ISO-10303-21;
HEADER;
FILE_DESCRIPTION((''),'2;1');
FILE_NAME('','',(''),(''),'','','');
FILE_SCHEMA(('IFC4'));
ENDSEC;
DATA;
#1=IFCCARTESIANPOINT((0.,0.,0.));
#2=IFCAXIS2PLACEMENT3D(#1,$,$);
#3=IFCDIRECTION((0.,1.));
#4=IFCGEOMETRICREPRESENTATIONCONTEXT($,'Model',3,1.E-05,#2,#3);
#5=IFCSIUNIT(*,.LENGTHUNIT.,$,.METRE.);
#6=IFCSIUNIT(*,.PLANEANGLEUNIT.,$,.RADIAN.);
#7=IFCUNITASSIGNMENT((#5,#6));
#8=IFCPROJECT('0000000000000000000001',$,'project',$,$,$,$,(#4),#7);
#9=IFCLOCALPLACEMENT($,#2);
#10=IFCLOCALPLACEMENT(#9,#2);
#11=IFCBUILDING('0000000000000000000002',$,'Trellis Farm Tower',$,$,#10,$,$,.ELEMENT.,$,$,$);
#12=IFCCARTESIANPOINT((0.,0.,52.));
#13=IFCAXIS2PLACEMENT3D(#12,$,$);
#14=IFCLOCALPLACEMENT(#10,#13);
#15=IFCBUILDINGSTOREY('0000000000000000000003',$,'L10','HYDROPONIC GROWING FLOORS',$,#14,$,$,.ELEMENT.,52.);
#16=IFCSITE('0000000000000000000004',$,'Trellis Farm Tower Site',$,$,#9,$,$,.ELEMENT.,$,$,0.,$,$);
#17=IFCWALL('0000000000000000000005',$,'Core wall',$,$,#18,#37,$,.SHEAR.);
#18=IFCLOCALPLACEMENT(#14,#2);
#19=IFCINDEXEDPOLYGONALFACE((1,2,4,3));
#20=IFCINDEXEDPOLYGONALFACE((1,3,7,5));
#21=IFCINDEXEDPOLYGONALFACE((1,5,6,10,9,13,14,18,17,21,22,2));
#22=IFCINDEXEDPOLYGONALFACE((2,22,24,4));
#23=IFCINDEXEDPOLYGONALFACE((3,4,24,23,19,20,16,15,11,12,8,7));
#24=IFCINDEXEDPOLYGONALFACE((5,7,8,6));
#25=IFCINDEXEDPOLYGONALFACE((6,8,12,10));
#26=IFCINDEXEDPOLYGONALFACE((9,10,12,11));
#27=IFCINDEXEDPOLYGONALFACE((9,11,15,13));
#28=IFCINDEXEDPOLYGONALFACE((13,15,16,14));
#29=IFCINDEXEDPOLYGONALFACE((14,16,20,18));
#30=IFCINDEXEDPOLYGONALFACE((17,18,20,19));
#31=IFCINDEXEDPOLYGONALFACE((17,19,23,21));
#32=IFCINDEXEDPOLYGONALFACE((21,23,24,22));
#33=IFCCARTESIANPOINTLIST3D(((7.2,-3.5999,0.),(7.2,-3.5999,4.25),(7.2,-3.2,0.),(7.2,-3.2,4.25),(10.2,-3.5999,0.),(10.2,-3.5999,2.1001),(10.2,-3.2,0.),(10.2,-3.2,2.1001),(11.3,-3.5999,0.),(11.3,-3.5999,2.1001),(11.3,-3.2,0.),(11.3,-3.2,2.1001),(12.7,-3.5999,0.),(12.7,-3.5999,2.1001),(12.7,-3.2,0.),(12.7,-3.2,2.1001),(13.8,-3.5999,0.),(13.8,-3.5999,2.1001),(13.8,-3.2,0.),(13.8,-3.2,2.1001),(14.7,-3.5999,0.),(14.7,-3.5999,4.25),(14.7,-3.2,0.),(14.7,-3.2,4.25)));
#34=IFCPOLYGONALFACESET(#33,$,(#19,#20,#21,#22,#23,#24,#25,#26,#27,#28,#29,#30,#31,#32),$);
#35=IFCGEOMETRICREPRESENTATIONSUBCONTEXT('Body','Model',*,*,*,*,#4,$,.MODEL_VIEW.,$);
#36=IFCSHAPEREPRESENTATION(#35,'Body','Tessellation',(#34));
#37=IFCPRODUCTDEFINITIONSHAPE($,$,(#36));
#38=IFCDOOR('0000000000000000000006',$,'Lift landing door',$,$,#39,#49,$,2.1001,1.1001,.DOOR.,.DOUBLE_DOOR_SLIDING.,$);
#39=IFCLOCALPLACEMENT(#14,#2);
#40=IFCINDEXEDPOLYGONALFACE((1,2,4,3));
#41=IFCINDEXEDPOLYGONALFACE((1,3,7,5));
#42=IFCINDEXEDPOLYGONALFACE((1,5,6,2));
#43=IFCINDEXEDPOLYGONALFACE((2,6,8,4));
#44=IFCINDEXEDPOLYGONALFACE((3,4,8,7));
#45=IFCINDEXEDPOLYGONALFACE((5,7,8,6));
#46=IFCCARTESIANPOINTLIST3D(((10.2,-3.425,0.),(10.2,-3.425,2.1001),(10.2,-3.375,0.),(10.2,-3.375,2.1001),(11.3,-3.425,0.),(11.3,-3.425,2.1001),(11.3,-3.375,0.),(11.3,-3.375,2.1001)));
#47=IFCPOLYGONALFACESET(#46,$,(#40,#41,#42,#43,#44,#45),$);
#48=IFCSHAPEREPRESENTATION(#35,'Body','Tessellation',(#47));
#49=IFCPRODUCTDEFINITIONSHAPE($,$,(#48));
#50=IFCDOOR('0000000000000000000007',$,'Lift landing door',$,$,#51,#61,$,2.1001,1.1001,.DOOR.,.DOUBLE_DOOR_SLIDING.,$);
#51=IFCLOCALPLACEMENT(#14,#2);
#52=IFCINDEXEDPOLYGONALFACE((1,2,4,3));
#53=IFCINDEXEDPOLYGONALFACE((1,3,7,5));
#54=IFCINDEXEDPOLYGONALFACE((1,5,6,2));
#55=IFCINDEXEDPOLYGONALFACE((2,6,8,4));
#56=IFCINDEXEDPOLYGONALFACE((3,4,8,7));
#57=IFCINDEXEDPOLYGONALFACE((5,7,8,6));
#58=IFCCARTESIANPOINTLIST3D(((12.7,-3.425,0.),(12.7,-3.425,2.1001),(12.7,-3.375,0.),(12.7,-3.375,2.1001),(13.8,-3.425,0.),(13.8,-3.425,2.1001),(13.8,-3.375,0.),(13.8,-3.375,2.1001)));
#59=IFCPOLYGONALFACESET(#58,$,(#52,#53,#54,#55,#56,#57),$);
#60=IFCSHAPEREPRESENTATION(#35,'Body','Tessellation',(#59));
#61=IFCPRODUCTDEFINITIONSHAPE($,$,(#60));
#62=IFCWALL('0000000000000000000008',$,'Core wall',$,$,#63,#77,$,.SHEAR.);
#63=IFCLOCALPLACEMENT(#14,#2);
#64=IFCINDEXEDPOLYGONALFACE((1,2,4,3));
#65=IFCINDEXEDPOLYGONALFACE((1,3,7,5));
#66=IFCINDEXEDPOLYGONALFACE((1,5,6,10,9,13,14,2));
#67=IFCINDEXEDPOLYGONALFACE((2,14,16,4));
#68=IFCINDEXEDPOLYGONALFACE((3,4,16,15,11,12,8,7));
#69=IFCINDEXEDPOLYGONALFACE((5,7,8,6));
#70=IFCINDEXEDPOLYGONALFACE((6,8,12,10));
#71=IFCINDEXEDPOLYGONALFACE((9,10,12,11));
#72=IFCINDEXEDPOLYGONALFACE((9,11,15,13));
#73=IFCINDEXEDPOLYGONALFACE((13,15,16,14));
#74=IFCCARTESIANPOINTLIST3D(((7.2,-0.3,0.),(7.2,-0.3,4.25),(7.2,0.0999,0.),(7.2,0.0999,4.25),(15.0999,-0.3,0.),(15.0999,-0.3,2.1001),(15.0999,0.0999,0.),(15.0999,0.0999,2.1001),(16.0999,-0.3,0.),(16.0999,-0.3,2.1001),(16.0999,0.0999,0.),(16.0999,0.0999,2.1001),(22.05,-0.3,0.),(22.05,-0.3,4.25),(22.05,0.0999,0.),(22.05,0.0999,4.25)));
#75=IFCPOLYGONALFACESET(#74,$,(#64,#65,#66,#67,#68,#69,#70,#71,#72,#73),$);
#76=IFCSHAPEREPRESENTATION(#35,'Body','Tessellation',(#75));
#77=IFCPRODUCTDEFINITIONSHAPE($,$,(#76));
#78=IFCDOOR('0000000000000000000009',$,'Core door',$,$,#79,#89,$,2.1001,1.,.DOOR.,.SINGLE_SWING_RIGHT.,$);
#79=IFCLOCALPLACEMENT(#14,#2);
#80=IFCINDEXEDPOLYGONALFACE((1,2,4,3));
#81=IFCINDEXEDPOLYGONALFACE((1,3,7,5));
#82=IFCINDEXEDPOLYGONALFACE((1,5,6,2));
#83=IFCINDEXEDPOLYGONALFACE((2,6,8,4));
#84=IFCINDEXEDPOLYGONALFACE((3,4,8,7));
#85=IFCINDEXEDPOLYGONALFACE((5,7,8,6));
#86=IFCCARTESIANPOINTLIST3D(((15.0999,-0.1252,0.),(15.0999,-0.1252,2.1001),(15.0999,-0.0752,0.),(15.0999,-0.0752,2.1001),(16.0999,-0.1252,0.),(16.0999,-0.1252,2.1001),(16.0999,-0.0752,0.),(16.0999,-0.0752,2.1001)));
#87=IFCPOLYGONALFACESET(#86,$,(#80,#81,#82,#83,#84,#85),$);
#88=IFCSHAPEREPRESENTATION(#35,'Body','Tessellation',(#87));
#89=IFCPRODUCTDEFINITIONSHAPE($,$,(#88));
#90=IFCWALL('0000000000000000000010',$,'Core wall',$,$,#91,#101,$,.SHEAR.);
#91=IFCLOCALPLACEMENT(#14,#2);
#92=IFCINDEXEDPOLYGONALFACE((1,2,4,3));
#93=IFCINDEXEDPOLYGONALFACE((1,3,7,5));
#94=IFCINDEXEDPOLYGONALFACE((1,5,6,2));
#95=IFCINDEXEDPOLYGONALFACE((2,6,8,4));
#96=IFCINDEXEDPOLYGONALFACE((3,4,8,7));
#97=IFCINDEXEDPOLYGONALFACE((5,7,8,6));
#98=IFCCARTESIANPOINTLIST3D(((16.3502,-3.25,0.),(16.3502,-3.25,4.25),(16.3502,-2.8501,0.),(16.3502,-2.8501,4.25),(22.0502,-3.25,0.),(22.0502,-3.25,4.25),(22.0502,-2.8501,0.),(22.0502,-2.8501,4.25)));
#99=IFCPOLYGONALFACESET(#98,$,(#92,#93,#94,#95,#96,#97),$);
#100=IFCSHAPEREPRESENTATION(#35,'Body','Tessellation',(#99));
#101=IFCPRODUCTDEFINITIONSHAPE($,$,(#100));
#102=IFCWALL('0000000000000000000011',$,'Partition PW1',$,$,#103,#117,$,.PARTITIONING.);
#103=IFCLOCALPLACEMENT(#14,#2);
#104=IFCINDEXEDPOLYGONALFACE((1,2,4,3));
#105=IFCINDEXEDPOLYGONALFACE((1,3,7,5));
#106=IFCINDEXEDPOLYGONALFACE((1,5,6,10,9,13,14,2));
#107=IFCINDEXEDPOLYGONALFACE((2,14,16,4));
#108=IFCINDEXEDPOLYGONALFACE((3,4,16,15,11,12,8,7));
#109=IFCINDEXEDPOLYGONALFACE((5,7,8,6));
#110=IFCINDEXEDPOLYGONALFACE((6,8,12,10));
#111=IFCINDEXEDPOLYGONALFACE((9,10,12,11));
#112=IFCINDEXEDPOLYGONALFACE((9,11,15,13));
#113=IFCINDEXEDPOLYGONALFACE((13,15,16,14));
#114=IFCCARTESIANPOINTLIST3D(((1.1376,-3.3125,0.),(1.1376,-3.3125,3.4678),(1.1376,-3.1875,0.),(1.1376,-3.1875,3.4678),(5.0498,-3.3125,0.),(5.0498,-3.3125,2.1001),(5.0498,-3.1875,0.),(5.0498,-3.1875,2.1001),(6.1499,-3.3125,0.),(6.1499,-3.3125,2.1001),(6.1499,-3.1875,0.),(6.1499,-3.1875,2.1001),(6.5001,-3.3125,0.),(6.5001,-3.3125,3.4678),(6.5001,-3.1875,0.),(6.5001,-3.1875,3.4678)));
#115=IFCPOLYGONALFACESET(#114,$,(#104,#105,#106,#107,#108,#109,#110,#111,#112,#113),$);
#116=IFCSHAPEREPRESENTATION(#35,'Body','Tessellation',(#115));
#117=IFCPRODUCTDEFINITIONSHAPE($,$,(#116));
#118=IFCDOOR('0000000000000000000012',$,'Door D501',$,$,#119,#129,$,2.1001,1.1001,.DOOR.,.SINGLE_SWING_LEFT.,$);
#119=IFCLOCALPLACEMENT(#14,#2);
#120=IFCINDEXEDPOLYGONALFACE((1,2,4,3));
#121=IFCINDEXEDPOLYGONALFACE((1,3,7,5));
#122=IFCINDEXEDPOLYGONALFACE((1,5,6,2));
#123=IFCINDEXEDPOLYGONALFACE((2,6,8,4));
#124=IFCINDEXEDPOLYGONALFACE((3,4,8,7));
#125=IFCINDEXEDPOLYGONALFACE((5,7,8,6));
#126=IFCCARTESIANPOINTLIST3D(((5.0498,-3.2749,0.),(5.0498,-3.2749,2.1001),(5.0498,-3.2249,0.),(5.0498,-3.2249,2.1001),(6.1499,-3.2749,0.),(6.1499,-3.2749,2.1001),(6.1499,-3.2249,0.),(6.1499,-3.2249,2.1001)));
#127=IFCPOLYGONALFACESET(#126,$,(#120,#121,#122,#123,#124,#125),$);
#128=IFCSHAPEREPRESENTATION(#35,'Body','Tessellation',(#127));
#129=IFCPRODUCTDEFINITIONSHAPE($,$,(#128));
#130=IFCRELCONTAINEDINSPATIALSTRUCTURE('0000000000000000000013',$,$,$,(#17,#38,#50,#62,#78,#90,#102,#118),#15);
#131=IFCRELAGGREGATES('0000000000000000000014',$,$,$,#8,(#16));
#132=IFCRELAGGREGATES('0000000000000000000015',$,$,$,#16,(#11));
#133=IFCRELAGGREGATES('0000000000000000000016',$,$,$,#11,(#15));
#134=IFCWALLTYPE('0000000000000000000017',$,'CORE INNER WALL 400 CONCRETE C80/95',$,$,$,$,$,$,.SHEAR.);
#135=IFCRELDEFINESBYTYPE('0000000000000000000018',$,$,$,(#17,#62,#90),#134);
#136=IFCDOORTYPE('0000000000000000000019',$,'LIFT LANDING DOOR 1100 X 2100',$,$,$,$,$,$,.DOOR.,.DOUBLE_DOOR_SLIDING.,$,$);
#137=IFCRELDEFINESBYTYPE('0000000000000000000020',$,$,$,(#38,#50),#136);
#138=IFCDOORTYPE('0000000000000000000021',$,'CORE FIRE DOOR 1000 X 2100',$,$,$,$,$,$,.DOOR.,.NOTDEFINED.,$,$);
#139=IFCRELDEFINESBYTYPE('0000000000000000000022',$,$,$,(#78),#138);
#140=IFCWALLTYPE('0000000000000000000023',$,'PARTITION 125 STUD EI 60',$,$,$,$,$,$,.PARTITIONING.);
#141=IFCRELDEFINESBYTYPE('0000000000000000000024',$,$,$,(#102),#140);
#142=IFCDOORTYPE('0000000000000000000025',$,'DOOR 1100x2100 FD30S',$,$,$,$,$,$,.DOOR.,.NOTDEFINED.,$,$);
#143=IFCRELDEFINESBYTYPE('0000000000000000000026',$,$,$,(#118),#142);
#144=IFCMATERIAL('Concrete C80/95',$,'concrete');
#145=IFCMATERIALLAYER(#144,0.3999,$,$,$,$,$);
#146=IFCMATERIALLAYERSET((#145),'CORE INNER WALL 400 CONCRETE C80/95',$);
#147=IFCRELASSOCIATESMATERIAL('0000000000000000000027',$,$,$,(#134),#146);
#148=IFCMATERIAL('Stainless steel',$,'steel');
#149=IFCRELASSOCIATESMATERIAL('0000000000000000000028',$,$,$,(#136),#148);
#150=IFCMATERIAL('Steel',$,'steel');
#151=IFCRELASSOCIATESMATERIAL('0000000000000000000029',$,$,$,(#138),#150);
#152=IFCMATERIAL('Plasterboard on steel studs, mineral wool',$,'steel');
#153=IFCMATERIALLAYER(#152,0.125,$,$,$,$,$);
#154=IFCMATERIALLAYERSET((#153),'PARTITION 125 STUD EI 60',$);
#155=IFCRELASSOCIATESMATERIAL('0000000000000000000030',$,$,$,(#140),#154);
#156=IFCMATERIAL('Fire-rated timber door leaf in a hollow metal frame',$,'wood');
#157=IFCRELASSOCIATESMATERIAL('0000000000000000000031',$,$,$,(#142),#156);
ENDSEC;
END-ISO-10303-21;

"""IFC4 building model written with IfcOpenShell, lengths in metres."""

from ifc_helpers import new_model, si_unit, direction, frame, frame_2d, origin, place, context, subcontext, project, spatial, rectangle, extrude, source, transform, mapped, material, layer, layer_set, type_object, element, fill, save


model = new_model("IFC4")

# Units and contexts
model_context = context("Model", 3, precision=1e-05, world=origin(), true_north=direction((0.0, 1.0)))
body_context = subcontext(model_context, "Body", "Model", "MODEL_VIEW")
ifc_project = project(units=[si_unit("LENGTHUNIT", "METRE"), si_unit("PLANEANGLEUNIT", "RADIAN")], contexts=[model_context])

# Site, building, storey
site_placement = place(None, origin())
site = spatial("IfcSite", under=ifc_project, at=site_placement, Name="Trellis Farm Tower Site", CompositionType="ELEMENT", RefElevation=0.0)
building_placement = place(site_placement, origin())
building = spatial("IfcBuilding", under=site, at=building_placement, Name="Trellis Farm Tower", CompositionType="ELEMENT")
storey_placement = place(building_placement, frame((0.0, 0.0, 52.0)))
storey = spatial("IfcBuildingStorey", under=building, at=storey_placement, Name="L10", Description="HYDROPONIC GROWING FLOORS", CompositionType="ELEMENT", Elevation=52.0)

# Shared definitions
ifc_material_1 = material(Name="Concrete C80/95", Category="concrete")

# Wall, openings, doors
ifc_layer_1 = layer(ifc_material_1, 0.3999)
ifc_layer_set_1 = layer_set([ifc_layer_1], Name="CORE INNER WALL 400 CONCRETE C80/95")
wall_type_1 = type_object("IfcWallType", Name="CORE INNER WALL 400 CONCRETE C80/95", PredefinedType="SHEAR", material=ifc_layer_set_1)
shared_shape_1 = source(origin(), body_context, "Body", "SweptSolid", [
    extrude(rectangle(XDim=7.5, YDim=0.3999, at=frame_2d((3.75, 0.0))), origin(), (0.0, 0.0, 1.0), 4.25),
])
wall_1_placement = place(storey_placement, frame((7.2, -3.3999, 0.0), z_axis=(0.0, 0.0, 1.0), x_axis=(1.0, 0.0, 0.0)))
wall_1 = element("IfcWall", 1, at=wall_1_placement, inside=storey, type_object=wall_type_1, Name="Core wall", PredefinedType="SHEAR", context=body_context, shape_type="MappedRepresentation", body=[
    mapped(shared_shape_1, transform((0.0, 0.0, 0.0))),
])
shared_shape_2 = source(origin(), body_context, "Body", "SweptSolid", [
    extrude(rectangle(XDim=1.1001, YDim=2.1001, at=frame_2d((0.55, 1.05))), frame((0.0, 0.21, 0.0), z_axis=(0.0, -1.0, 0.0), x_axis=(1.0, 0.0, 0.0)), (0.0, 0.0, 1.0), 0.4199),
])
opening_1_placement = place(wall_1_placement, frame((3.0, 0.0, 0.0)))
opening_1 = element("IfcOpeningElement", 2, at=opening_1_placement, cuts=wall_1, PredefinedType="OPENING", context=body_context, shape_type="MappedRepresentation", body=[
    mapped(shared_shape_2, transform((0.0, 0.0, 0.0))),
])
opening_2_placement = place(wall_1_placement, frame((5.5, 0.0, 0.0)))
opening_2 = element("IfcOpeningElement", 3, at=opening_2_placement, cuts=wall_1, PredefinedType="OPENING", context=body_context, shape_type="MappedRepresentation", body=[
    mapped(shared_shape_2, transform((0.0, 0.0, 0.0))),
])
ifc_material_2 = material(Name="Stainless steel", Category="steel")
door_type_1 = type_object("IfcDoorType", Name="LIFT LANDING DOOR 1100 X 2100", OperationType="DOUBLE_DOOR_SLIDING", PredefinedType="DOOR", material=ifc_material_2)
shared_shape_3 = source(origin(), body_context, "Body", "SweptSolid", [
    extrude(rectangle(XDim=1.1001, YDim=2.1001, at=frame_2d((0.55, 1.05))), frame((0.0, 0.0249, 0.0), z_axis=(0.0, -1.0, 0.0), x_axis=(1.0, 0.0, 0.0)), (0.0, 0.0, 1.0), 0.05),
])
door_1_placement = place(opening_1_placement, origin())
door_1 = element("IfcDoor", 4, at=door_1_placement, inside=storey, type_object=door_type_1, Name="Lift landing door", OperationType="DOUBLE_DOOR_SLIDING", OverallHeight=2.1001, OverallWidth=1.1001, PredefinedType="DOOR", context=body_context, shape_type="MappedRepresentation", body=[
    mapped(shared_shape_3, transform((0.0, 0.0, 0.0))),
])
fill(opening_1, door_1)
door_2_placement = place(opening_2_placement, origin())
door_2 = element("IfcDoor", 5, at=door_2_placement, inside=storey, type_object=door_type_1, Name="Lift landing door", OperationType="DOUBLE_DOOR_SLIDING", OverallHeight=2.1001, OverallWidth=1.1001, PredefinedType="DOOR", context=body_context, shape_type="MappedRepresentation", body=[
    mapped(shared_shape_3, transform((0.0, 0.0, 0.0))),
])
fill(opening_2, door_2)

# Wall, opening, door
shared_shape_4 = source(origin(), body_context, "Body", "SweptSolid", [
    extrude(rectangle(XDim=14.8501, YDim=0.3999, at=frame_2d((7.425, 0.0))), origin(), (0.0, 0.0, 1.0), 4.25),
])
wall_2_placement = place(storey_placement, frame((7.2, -0.1001, 0.0), z_axis=(0.0, 0.0, 1.0), x_axis=(1.0, 0.0, 0.0)))
wall_2 = element("IfcWall", 6, at=wall_2_placement, inside=storey, type_object=wall_type_1, Name="Core wall", PredefinedType="SHEAR", context=body_context, shape_type="MappedRepresentation", body=[
    mapped(shared_shape_4, transform((0.0, 0.0, 0.0))),
])
shared_shape_5 = source(origin(), body_context, "Body", "SweptSolid", [
    extrude(rectangle(XDim=1.0, YDim=2.1001, at=frame_2d((0.5, 1.05))), frame((0.0, 0.21, 0.0), z_axis=(0.0, -1.0, 0.0), x_axis=(1.0, 0.0, 0.0)), (0.0, 0.0, 1.0), 0.4199),
])
opening_3_placement = place(wall_2_placement, frame((7.8999, 0.0, 0.0)))
opening_3 = element("IfcOpeningElement", 7, at=opening_3_placement, cuts=wall_2, PredefinedType="OPENING", context=body_context, shape_type="MappedRepresentation", body=[
    mapped(shared_shape_5, transform((0.0, 0.0, 0.0))),
])
ifc_material_3 = material(Name="Steel", Category="steel")
door_type_2 = type_object("IfcDoorType", Name="CORE FIRE DOOR 1000 X 2100", OperationType="NOTDEFINED", PredefinedType="DOOR", material=ifc_material_3)
shared_shape_6 = source(origin(), body_context, "Body", "SweptSolid", [
    extrude(rectangle(XDim=1.0, YDim=2.1001, at=frame_2d((0.5, 1.05))), frame((0.0, 0.0249, 0.0), z_axis=(0.0, -1.0, 0.0), x_axis=(1.0, 0.0, 0.0)), (0.0, 0.0, 1.0), 0.05),
])
door_3_placement = place(opening_3_placement, origin())
door_3 = element("IfcDoor", 8, at=door_3_placement, inside=storey, type_object=door_type_2, Name="Core door", OperationType="SINGLE_SWING_RIGHT", OverallHeight=2.1001, OverallWidth=1.0, PredefinedType="DOOR", context=body_context, shape_type="MappedRepresentation", body=[
    mapped(shared_shape_6, transform((0.0, 0.0, 0.0))),
])
fill(opening_3, door_3)

# Wall
shared_shape_7 = source(origin(), body_context, "Body", "SweptSolid", [
    extrude(rectangle(XDim=5.7, YDim=0.3999, at=frame_2d((2.8501, 0.0))), origin(), (0.0, 0.0, 1.0), 4.25),
])
wall_3_placement = place(storey_placement, frame((16.3501, -3.05, 0.0), z_axis=(0.0, 0.0, 1.0), x_axis=(1.0, 0.0, 0.0)))
element("IfcWall", 9, at=wall_3_placement, inside=storey, type_object=wall_type_1, Name="Core wall", PredefinedType="SHEAR", context=body_context, shape_type="MappedRepresentation", body=[
    mapped(shared_shape_7, transform((0.0, 0.0, 0.0))),
])

# Wall, opening, door
ifc_material_4 = material(Name="Plasterboard on steel studs, mineral wool", Category="steel")
ifc_layer_2 = layer(ifc_material_4, 0.125)
ifc_layer_set_2 = layer_set([ifc_layer_2], Name="PARTITION 125 STUD EI 60")
wall_type_2 = type_object("IfcWallType", Name="PARTITION 125 STUD EI 60", PredefinedType="PARTITIONING", material=ifc_layer_set_2)
shared_shape_8 = source(origin(), body_context, "Body", "SweptSolid", [
    extrude(rectangle(XDim=5.3625, YDim=0.125, at=frame_2d((2.6812, 0.0))), origin(), (0.0, 0.0, 1.0), 3.4678),
])
wall_4_placement = place(storey_placement, frame((6.5, -3.25, 0.0), z_axis=(0.0, 0.0, 1.0), x_axis=(-1.0, 0.0, 0.0)))
wall_4 = element("IfcWall", 10, at=wall_4_placement, inside=storey, type_object=wall_type_2, Name="Partition PW1", PredefinedType="PARTITIONING", context=body_context, shape_type="MappedRepresentation", body=[
    mapped(shared_shape_8, transform((0.0, 0.0, 0.0))),
])
shared_shape_9 = source(origin(), body_context, "Body", "SweptSolid", [
    extrude(rectangle(XDim=1.1001, YDim=2.1001, at=frame_2d((0.55, 1.05))), frame((0.0, 0.0725, 0.0), z_axis=(0.0, -1.0, 0.0), x_axis=(1.0, 0.0, 0.0)), (0.0, 0.0, 1.0), 0.145),
])
opening_4_placement = place(wall_4_placement, frame((0.3501, 0.0, 0.0)))
opening_4 = element("IfcOpeningElement", 11, at=opening_4_placement, cuts=wall_4, PredefinedType="OPENING", context=body_context, shape_type="MappedRepresentation", body=[
    mapped(shared_shape_9, transform((0.0, 0.0, 0.0))),
])
ifc_material_5 = material(Name="Fire-rated timber door leaf in a hollow metal frame", Category="wood")
door_type_3 = type_object("IfcDoorType", Name="DOOR 1100x2100 FD30S", OperationType="NOTDEFINED", PredefinedType="DOOR", material=ifc_material_5)
door_4_placement = place(opening_4_placement, origin())
door_4 = element("IfcDoor", 12, at=door_4_placement, inside=storey, type_object=door_type_3, Name="Door D501", OperationType="SINGLE_SWING_LEFT", OverallHeight=2.1001, OverallWidth=1.1001, PredefinedType="DOOR", context=body_context, shape_type="MappedRepresentation", body=[
    mapped(shared_shape_3, transform((0.0, 0.0, 0.0))),
])
fill(opening_4, door_4)

save(model, "model.ifc")
